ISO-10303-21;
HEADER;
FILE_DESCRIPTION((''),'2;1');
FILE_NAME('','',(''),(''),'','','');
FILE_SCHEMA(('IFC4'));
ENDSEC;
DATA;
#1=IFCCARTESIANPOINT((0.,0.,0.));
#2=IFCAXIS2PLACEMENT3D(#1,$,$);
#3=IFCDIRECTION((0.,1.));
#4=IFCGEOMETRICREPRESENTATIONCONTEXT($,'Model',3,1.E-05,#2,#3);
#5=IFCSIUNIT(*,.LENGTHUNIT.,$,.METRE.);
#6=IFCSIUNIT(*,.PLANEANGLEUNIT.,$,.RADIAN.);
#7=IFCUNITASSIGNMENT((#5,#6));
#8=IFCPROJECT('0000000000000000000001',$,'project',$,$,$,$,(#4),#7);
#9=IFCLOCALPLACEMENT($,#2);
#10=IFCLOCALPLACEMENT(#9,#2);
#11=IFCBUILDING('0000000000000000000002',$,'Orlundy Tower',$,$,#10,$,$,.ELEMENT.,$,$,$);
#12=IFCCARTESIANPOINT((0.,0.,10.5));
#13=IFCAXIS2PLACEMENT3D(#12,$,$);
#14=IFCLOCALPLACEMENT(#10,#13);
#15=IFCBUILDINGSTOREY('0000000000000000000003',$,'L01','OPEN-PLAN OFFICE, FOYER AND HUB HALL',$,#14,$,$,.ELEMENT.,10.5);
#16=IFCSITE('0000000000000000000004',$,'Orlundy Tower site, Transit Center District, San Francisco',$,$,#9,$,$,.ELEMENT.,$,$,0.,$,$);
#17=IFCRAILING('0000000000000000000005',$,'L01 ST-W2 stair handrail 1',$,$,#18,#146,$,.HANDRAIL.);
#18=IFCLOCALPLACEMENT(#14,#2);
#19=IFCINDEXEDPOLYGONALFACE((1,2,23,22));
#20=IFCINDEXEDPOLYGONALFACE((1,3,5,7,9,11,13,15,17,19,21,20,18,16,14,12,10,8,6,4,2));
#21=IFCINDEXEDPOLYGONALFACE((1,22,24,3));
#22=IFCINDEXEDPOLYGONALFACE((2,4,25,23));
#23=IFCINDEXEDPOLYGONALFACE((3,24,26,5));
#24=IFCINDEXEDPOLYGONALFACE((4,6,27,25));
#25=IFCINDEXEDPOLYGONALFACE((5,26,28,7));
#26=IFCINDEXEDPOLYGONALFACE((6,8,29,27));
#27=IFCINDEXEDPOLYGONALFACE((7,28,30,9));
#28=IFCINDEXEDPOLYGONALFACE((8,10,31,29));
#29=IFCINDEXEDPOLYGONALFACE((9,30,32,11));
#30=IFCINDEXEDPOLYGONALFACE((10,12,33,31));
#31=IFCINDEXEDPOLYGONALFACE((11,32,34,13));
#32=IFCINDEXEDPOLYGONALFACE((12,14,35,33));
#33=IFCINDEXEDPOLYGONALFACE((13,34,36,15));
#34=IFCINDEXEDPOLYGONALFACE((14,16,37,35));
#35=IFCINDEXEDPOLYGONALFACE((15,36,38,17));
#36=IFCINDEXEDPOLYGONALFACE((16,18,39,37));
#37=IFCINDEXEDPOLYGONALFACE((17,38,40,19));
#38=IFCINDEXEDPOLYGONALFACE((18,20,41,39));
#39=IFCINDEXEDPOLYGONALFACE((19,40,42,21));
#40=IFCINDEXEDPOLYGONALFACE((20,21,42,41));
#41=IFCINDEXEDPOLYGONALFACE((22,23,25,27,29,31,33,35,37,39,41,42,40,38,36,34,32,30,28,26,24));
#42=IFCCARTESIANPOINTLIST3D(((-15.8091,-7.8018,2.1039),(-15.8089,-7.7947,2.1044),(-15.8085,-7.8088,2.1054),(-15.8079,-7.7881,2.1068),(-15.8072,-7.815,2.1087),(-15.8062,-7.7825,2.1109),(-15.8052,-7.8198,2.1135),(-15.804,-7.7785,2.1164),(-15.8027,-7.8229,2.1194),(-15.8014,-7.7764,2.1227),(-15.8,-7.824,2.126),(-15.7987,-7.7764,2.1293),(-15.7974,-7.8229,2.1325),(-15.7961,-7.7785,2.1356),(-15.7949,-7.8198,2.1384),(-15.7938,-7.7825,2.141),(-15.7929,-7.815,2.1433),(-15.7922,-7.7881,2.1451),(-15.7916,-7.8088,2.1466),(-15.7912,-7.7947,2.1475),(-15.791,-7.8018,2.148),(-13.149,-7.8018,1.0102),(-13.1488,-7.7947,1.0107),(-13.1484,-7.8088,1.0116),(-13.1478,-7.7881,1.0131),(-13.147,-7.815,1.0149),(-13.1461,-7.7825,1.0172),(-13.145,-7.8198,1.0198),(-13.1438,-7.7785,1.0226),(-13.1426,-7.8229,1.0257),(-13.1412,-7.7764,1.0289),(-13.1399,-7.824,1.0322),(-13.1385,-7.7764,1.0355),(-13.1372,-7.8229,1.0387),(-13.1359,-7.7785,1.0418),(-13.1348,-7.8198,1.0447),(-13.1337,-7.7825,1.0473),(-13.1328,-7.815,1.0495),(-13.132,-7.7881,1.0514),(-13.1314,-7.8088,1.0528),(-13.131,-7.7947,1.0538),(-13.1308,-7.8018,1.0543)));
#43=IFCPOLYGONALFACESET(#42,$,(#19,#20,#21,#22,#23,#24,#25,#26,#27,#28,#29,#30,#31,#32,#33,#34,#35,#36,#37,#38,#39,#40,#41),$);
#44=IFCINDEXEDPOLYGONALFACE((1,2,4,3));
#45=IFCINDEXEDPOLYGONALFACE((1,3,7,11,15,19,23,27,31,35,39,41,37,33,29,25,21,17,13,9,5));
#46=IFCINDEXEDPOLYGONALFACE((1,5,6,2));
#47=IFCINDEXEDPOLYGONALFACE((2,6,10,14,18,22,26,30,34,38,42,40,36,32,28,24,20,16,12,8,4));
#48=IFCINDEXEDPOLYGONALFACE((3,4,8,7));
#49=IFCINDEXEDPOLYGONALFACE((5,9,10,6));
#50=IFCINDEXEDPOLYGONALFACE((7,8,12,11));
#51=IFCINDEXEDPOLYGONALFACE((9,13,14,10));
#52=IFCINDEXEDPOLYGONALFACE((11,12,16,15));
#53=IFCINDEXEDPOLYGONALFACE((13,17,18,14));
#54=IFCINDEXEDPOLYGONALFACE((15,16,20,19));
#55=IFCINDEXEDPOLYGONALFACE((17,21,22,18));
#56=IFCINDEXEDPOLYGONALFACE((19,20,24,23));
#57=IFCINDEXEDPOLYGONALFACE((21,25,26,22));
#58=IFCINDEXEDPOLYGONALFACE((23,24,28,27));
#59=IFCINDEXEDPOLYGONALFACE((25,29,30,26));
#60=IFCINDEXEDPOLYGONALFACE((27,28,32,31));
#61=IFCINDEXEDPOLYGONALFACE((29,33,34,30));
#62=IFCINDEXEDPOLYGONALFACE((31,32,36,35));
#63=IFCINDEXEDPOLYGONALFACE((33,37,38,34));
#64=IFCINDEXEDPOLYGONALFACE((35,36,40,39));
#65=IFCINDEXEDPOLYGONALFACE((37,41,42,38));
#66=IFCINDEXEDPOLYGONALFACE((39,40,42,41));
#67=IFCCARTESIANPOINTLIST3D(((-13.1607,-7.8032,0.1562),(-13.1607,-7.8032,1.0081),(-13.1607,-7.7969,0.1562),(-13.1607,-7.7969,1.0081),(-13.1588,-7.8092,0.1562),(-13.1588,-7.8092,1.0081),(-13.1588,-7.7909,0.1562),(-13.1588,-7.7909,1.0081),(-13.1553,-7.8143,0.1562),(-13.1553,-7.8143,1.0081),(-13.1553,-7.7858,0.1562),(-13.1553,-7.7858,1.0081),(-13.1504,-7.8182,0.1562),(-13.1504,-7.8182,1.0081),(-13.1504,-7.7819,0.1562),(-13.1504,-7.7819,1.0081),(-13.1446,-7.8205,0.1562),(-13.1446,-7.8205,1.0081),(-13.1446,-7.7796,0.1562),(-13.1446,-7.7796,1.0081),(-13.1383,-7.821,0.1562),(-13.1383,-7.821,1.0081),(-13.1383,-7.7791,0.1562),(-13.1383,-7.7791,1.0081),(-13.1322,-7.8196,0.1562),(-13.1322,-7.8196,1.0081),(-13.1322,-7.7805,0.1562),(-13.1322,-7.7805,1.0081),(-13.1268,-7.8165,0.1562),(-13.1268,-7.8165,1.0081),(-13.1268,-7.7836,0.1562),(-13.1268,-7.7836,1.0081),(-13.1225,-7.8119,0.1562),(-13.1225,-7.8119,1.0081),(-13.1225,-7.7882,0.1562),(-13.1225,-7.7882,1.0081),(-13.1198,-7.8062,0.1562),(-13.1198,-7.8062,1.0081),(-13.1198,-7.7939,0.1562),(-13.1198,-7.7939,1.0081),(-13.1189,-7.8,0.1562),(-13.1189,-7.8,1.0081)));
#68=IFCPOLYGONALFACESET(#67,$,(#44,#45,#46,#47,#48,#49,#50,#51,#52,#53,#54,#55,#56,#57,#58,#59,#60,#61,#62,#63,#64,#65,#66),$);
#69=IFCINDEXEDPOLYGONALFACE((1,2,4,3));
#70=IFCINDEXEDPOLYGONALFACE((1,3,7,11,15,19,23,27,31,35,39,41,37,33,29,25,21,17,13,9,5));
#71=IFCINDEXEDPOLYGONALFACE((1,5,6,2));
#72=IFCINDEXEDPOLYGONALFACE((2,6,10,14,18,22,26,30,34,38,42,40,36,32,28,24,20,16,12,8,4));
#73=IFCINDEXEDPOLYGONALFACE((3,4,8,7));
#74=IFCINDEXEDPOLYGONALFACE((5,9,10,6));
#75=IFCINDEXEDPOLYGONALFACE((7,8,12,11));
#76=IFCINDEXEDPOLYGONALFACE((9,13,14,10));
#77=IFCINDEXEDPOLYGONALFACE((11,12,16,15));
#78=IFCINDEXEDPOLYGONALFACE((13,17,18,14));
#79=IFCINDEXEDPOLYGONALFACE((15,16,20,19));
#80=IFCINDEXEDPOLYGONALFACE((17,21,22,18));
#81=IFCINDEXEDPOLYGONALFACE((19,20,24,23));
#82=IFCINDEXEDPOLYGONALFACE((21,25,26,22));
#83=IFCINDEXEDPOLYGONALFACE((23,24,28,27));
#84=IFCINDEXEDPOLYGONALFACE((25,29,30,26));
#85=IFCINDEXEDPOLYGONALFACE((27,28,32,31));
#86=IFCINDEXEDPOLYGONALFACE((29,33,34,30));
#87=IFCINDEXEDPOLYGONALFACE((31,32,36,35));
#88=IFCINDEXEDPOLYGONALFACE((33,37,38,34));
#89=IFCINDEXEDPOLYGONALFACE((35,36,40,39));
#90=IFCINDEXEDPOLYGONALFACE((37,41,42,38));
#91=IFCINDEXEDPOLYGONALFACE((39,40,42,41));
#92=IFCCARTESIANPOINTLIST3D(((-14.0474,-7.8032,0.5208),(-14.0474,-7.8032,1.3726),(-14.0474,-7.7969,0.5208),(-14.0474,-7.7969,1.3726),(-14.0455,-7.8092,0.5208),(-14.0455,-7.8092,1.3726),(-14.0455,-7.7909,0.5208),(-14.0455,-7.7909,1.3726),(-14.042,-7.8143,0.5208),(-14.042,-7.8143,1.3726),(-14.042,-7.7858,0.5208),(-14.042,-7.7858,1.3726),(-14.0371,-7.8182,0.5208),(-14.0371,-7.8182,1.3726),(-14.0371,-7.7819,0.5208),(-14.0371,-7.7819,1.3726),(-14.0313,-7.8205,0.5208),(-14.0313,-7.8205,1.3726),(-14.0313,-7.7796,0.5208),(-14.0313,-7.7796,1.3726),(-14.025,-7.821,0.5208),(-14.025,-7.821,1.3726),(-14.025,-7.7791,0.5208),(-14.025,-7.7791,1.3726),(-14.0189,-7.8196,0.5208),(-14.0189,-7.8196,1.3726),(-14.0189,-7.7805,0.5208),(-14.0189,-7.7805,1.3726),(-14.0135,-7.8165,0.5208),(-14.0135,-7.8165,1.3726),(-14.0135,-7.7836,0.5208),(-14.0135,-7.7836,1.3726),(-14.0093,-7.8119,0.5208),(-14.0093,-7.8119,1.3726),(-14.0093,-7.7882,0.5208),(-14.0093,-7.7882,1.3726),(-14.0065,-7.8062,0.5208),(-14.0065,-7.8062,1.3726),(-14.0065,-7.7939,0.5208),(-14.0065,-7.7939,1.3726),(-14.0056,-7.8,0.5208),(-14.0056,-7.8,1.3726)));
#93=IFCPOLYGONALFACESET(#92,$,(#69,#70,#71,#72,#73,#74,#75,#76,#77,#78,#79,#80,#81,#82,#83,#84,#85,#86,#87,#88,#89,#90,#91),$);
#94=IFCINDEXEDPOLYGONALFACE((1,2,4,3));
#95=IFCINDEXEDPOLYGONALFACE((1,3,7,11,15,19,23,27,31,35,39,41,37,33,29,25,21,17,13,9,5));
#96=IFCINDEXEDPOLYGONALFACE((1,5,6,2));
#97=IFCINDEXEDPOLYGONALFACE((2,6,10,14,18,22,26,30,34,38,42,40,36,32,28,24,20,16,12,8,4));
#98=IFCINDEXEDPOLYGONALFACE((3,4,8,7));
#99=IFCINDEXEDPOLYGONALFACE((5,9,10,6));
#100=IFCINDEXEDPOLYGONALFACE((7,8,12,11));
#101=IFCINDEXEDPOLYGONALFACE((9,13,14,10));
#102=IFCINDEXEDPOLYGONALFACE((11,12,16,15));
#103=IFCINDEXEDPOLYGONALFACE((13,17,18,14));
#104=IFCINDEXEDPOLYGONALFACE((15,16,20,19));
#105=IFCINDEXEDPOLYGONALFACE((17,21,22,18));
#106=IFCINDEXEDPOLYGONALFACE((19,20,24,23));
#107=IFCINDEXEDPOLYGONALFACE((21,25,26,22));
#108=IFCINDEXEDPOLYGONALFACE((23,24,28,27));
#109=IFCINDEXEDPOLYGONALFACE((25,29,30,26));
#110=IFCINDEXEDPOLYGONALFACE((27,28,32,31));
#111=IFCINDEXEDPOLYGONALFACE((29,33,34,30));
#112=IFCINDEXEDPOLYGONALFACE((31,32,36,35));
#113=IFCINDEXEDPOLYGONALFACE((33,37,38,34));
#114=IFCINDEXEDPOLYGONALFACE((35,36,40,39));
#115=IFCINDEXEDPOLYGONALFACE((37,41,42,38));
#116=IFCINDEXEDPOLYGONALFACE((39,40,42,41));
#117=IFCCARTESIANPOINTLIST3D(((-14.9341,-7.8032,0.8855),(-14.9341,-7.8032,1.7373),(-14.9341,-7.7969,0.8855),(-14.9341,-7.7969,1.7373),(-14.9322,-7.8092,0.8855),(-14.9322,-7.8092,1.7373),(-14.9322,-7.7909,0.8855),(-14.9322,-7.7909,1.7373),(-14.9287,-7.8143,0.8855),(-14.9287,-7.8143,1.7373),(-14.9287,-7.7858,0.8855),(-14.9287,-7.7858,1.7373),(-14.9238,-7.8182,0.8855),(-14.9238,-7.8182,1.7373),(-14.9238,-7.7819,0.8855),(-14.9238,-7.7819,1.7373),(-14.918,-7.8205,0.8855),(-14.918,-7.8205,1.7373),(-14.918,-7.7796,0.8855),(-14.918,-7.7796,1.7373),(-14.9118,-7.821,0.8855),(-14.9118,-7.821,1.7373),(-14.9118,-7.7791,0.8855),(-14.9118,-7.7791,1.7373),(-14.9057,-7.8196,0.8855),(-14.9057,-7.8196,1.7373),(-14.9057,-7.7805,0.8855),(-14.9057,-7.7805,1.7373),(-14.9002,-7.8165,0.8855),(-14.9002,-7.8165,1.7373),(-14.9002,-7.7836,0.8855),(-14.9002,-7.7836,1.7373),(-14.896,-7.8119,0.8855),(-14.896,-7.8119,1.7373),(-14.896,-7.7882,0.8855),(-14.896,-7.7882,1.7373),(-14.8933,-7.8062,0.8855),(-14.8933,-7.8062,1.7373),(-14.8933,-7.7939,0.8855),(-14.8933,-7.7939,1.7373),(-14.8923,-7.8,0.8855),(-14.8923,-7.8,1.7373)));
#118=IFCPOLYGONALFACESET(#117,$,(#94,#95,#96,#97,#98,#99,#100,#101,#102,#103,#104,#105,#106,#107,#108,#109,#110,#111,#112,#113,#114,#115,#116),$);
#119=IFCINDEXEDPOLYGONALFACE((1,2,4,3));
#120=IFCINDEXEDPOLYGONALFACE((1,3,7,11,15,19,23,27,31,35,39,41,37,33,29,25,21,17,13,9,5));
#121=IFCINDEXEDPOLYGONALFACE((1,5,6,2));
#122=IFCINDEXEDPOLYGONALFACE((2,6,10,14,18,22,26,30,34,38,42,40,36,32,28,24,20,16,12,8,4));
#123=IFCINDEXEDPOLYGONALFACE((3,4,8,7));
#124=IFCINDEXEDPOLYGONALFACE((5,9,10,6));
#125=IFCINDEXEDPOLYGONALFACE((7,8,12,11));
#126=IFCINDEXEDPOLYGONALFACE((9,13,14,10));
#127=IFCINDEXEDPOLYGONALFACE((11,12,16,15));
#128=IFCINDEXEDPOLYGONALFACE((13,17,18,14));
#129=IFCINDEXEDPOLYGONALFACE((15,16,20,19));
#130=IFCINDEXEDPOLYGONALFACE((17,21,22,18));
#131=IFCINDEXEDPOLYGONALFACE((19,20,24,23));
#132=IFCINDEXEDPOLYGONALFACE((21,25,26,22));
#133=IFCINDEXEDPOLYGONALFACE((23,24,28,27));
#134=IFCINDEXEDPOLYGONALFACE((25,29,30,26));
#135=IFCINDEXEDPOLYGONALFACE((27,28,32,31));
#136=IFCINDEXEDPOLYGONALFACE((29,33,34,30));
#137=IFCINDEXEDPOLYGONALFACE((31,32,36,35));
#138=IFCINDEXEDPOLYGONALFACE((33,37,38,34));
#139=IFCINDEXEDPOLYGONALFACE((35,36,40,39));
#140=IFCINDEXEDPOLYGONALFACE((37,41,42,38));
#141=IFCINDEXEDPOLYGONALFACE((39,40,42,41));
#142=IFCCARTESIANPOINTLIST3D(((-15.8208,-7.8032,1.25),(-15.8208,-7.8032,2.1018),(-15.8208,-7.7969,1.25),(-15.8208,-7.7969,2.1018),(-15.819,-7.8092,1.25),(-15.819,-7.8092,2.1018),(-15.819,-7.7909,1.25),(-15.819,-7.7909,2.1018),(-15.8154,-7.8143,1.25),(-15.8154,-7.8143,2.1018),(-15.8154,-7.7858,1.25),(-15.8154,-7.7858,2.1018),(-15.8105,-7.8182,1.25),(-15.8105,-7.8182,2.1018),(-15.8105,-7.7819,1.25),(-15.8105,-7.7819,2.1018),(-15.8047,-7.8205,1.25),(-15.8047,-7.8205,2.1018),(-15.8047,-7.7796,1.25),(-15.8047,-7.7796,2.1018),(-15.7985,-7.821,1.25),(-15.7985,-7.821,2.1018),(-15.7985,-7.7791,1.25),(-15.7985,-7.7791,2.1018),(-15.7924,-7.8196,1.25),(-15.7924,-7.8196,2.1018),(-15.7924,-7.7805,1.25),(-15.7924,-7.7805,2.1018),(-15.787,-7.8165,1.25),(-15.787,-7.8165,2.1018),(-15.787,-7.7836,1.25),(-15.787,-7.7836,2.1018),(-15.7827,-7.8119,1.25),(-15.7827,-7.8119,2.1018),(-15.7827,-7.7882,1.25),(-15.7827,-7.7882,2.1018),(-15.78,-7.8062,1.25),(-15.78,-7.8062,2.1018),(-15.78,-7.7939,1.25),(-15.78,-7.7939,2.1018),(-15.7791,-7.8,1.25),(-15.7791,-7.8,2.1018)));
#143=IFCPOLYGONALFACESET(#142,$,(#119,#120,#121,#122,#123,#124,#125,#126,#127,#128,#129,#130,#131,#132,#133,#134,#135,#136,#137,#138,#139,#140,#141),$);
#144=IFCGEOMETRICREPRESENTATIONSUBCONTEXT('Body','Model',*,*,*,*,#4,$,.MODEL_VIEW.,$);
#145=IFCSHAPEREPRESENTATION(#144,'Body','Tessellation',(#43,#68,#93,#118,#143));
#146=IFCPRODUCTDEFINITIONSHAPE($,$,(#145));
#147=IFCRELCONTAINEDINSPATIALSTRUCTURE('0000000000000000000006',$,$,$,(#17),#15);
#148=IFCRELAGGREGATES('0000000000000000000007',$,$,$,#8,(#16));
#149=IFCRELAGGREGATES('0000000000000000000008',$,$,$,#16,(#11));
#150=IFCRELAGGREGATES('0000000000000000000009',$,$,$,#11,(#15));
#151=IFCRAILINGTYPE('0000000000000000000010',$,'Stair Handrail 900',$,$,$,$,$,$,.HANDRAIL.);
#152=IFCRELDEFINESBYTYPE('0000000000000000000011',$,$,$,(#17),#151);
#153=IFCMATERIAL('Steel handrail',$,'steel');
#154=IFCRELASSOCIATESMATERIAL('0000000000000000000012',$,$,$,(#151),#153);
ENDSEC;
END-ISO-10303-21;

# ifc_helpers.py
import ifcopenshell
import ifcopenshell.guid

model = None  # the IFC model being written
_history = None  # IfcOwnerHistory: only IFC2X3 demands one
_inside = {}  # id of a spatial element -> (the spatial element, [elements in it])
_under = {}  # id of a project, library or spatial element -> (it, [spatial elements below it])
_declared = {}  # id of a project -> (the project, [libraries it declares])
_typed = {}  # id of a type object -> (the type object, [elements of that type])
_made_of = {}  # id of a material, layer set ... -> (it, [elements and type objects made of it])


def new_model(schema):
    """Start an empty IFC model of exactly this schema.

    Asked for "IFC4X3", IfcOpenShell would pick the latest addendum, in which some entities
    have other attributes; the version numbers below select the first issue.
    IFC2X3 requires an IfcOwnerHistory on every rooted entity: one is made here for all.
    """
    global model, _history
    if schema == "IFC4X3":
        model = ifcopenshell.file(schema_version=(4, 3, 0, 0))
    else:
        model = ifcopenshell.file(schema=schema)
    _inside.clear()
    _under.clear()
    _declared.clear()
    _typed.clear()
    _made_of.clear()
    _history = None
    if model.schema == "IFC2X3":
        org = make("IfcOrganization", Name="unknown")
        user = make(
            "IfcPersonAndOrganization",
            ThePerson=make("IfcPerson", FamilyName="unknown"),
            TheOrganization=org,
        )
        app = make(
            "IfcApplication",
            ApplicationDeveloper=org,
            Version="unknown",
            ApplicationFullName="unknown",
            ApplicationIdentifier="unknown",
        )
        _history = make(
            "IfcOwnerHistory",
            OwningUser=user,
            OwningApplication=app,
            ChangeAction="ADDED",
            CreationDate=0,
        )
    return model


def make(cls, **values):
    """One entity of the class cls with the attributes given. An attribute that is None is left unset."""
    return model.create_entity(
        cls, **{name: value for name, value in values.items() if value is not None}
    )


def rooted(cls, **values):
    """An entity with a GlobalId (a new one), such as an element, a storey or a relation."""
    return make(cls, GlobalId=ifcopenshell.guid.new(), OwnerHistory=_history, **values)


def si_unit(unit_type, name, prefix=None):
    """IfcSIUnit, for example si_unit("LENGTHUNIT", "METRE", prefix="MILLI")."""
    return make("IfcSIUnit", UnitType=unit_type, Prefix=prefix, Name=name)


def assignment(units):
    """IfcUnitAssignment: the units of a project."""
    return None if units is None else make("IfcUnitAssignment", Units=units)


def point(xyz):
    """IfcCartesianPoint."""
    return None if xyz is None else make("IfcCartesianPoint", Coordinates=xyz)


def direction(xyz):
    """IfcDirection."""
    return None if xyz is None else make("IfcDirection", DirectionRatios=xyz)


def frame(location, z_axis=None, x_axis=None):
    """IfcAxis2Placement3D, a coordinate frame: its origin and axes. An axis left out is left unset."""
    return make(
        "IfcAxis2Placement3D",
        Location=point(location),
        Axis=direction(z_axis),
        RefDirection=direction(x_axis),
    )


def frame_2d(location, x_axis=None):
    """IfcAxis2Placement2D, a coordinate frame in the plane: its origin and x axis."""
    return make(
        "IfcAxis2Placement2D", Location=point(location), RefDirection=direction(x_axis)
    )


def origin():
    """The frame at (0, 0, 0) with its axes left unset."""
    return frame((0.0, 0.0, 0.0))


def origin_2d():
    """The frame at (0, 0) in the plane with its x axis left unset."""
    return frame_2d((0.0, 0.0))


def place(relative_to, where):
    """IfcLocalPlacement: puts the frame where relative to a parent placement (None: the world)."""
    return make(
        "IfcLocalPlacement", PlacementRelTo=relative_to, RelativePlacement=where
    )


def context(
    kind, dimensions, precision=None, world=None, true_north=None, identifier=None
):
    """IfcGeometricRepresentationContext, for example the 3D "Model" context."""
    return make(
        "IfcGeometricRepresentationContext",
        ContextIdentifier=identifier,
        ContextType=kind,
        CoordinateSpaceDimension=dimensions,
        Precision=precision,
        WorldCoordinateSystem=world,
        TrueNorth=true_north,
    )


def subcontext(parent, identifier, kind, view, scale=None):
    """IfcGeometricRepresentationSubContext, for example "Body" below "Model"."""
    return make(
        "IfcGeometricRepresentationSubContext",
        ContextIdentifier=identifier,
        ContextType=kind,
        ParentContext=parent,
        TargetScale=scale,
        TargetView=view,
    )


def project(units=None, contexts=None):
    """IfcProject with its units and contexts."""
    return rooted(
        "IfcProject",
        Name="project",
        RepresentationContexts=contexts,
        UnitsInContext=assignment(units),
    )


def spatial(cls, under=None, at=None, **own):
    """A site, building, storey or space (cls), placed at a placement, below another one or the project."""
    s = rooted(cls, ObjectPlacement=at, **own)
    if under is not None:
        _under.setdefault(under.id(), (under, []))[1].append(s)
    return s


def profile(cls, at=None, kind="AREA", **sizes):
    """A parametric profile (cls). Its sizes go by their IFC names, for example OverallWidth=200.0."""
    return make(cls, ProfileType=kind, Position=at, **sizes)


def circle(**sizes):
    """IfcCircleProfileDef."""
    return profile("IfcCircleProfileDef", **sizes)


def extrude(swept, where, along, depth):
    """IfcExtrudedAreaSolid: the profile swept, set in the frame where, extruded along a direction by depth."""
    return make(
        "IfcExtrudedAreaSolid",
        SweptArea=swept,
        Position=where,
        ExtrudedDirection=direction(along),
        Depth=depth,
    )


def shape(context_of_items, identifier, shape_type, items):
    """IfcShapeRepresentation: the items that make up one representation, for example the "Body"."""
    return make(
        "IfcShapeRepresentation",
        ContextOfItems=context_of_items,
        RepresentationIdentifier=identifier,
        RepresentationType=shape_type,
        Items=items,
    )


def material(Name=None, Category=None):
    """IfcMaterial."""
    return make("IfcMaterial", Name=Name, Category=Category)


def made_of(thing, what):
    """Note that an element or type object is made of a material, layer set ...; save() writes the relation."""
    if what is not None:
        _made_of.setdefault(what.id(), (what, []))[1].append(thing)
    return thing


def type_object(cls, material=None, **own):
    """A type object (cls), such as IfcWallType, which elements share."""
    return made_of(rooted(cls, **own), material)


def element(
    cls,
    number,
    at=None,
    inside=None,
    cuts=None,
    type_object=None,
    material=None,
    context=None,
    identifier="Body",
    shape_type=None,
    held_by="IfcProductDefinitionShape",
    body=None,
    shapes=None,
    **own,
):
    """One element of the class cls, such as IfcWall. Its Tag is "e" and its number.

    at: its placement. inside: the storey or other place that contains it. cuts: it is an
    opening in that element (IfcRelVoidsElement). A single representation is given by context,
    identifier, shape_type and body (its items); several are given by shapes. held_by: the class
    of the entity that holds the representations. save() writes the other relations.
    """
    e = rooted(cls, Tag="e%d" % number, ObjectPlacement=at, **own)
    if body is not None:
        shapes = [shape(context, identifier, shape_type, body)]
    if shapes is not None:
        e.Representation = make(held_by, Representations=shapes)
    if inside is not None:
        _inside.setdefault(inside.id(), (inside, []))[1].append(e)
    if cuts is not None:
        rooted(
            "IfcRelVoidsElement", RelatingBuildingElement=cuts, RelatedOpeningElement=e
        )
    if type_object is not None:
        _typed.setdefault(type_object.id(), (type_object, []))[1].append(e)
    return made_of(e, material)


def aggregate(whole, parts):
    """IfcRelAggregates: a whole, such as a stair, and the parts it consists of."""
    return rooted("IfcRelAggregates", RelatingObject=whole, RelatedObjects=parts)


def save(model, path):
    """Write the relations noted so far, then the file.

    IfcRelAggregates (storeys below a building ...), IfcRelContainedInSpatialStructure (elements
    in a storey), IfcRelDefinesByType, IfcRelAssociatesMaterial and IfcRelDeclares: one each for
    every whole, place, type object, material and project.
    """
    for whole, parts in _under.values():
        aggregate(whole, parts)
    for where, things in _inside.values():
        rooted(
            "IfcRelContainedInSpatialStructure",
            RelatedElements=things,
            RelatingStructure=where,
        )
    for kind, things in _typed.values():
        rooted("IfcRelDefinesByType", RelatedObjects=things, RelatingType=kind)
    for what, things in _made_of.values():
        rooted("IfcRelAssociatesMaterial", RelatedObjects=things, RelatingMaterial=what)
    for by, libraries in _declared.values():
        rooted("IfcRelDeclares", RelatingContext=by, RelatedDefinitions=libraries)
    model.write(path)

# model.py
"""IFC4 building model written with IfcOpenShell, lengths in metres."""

from ifc_helpers import new_model, si_unit, direction, frame, origin, origin_2d, place, context, subcontext, project, spatial, circle, extrude, material, type_object, element, save


model = new_model("IFC4")

# Units and contexts
model_context = context("Model", 3, precision=1e-05, world=origin(), true_north=direction((0.0, 1.0)))
body_context = subcontext(model_context, "Body", "Model", "MODEL_VIEW")
ifc_project = project(units=[si_unit("LENGTHUNIT", "METRE"), si_unit("PLANEANGLEUNIT", "RADIAN")], contexts=[model_context])

# Site, building, storey
site_placement = place(None, origin())
site = spatial("IfcSite", under=ifc_project, at=site_placement, Name="Orlundy Tower site, Transit Center District, San Francisco", CompositionType="ELEMENT", RefElevation=0.0)
building_placement = place(site_placement, origin())
building = spatial("IfcBuilding", under=site, at=building_placement, Name="Orlundy Tower", CompositionType="ELEMENT")
storey_placement = place(building_placement, frame((0.0, 0.0, 10.5)))
storey = spatial("IfcBuildingStorey", under=building, at=storey_placement, Name="L01", Description="OPEN-PLAN OFFICE, FOYER AND HUB HALL", CompositionType="ELEMENT", Elevation=10.5)

# Railing
ifc_material_1 = material(Name="Steel handrail", Category="steel")
railing_type_1 = type_object("IfcRailingType", Name="Stair Handrail 900", PredefinedType="HANDRAIL", material=ifc_material_1)
railing_1_placement = place(storey_placement, frame((-13.1399, -7.8, 0.1562)))
element("IfcRailing", 1, at=railing_1_placement, inside=storey, type_object=railing_type_1, Name="L01 ST-W2 stair handrail 1", PredefinedType="HANDRAIL", context=body_context, shape_type="SweptSolid", body=[
    extrude(circle(Radius=0.0239, at=origin_2d()), frame((0.0, 0.0, 0.876), z_axis=(-0.924875, 0.0, 0.380272), x_axis=(0.0, -1.0, 0.0)), (0.0, 0.0, 1.0), 2.8762),
    extrude(circle(Radius=0.021, at=origin_2d()), origin(), (0.0, 0.0, 1.0), 0.8518),
    extrude(circle(Radius=0.021, at=origin_2d()), frame((-0.8867, 0.0, 0.3645)), (0.0, 0.0, 1.0), 0.8518),
    extrude(circle(Radius=0.021, at=origin_2d()), frame((-1.7734, 0.0, 0.7292)), (0.0, 0.0, 1.0), 0.8518),
    extrude(circle(Radius=0.021, at=origin_2d()), frame((-2.6602, 0.0, 1.0938)), (0.0, 0.0, 1.0), 0.8518),
])

save(model, "model.ifc")
